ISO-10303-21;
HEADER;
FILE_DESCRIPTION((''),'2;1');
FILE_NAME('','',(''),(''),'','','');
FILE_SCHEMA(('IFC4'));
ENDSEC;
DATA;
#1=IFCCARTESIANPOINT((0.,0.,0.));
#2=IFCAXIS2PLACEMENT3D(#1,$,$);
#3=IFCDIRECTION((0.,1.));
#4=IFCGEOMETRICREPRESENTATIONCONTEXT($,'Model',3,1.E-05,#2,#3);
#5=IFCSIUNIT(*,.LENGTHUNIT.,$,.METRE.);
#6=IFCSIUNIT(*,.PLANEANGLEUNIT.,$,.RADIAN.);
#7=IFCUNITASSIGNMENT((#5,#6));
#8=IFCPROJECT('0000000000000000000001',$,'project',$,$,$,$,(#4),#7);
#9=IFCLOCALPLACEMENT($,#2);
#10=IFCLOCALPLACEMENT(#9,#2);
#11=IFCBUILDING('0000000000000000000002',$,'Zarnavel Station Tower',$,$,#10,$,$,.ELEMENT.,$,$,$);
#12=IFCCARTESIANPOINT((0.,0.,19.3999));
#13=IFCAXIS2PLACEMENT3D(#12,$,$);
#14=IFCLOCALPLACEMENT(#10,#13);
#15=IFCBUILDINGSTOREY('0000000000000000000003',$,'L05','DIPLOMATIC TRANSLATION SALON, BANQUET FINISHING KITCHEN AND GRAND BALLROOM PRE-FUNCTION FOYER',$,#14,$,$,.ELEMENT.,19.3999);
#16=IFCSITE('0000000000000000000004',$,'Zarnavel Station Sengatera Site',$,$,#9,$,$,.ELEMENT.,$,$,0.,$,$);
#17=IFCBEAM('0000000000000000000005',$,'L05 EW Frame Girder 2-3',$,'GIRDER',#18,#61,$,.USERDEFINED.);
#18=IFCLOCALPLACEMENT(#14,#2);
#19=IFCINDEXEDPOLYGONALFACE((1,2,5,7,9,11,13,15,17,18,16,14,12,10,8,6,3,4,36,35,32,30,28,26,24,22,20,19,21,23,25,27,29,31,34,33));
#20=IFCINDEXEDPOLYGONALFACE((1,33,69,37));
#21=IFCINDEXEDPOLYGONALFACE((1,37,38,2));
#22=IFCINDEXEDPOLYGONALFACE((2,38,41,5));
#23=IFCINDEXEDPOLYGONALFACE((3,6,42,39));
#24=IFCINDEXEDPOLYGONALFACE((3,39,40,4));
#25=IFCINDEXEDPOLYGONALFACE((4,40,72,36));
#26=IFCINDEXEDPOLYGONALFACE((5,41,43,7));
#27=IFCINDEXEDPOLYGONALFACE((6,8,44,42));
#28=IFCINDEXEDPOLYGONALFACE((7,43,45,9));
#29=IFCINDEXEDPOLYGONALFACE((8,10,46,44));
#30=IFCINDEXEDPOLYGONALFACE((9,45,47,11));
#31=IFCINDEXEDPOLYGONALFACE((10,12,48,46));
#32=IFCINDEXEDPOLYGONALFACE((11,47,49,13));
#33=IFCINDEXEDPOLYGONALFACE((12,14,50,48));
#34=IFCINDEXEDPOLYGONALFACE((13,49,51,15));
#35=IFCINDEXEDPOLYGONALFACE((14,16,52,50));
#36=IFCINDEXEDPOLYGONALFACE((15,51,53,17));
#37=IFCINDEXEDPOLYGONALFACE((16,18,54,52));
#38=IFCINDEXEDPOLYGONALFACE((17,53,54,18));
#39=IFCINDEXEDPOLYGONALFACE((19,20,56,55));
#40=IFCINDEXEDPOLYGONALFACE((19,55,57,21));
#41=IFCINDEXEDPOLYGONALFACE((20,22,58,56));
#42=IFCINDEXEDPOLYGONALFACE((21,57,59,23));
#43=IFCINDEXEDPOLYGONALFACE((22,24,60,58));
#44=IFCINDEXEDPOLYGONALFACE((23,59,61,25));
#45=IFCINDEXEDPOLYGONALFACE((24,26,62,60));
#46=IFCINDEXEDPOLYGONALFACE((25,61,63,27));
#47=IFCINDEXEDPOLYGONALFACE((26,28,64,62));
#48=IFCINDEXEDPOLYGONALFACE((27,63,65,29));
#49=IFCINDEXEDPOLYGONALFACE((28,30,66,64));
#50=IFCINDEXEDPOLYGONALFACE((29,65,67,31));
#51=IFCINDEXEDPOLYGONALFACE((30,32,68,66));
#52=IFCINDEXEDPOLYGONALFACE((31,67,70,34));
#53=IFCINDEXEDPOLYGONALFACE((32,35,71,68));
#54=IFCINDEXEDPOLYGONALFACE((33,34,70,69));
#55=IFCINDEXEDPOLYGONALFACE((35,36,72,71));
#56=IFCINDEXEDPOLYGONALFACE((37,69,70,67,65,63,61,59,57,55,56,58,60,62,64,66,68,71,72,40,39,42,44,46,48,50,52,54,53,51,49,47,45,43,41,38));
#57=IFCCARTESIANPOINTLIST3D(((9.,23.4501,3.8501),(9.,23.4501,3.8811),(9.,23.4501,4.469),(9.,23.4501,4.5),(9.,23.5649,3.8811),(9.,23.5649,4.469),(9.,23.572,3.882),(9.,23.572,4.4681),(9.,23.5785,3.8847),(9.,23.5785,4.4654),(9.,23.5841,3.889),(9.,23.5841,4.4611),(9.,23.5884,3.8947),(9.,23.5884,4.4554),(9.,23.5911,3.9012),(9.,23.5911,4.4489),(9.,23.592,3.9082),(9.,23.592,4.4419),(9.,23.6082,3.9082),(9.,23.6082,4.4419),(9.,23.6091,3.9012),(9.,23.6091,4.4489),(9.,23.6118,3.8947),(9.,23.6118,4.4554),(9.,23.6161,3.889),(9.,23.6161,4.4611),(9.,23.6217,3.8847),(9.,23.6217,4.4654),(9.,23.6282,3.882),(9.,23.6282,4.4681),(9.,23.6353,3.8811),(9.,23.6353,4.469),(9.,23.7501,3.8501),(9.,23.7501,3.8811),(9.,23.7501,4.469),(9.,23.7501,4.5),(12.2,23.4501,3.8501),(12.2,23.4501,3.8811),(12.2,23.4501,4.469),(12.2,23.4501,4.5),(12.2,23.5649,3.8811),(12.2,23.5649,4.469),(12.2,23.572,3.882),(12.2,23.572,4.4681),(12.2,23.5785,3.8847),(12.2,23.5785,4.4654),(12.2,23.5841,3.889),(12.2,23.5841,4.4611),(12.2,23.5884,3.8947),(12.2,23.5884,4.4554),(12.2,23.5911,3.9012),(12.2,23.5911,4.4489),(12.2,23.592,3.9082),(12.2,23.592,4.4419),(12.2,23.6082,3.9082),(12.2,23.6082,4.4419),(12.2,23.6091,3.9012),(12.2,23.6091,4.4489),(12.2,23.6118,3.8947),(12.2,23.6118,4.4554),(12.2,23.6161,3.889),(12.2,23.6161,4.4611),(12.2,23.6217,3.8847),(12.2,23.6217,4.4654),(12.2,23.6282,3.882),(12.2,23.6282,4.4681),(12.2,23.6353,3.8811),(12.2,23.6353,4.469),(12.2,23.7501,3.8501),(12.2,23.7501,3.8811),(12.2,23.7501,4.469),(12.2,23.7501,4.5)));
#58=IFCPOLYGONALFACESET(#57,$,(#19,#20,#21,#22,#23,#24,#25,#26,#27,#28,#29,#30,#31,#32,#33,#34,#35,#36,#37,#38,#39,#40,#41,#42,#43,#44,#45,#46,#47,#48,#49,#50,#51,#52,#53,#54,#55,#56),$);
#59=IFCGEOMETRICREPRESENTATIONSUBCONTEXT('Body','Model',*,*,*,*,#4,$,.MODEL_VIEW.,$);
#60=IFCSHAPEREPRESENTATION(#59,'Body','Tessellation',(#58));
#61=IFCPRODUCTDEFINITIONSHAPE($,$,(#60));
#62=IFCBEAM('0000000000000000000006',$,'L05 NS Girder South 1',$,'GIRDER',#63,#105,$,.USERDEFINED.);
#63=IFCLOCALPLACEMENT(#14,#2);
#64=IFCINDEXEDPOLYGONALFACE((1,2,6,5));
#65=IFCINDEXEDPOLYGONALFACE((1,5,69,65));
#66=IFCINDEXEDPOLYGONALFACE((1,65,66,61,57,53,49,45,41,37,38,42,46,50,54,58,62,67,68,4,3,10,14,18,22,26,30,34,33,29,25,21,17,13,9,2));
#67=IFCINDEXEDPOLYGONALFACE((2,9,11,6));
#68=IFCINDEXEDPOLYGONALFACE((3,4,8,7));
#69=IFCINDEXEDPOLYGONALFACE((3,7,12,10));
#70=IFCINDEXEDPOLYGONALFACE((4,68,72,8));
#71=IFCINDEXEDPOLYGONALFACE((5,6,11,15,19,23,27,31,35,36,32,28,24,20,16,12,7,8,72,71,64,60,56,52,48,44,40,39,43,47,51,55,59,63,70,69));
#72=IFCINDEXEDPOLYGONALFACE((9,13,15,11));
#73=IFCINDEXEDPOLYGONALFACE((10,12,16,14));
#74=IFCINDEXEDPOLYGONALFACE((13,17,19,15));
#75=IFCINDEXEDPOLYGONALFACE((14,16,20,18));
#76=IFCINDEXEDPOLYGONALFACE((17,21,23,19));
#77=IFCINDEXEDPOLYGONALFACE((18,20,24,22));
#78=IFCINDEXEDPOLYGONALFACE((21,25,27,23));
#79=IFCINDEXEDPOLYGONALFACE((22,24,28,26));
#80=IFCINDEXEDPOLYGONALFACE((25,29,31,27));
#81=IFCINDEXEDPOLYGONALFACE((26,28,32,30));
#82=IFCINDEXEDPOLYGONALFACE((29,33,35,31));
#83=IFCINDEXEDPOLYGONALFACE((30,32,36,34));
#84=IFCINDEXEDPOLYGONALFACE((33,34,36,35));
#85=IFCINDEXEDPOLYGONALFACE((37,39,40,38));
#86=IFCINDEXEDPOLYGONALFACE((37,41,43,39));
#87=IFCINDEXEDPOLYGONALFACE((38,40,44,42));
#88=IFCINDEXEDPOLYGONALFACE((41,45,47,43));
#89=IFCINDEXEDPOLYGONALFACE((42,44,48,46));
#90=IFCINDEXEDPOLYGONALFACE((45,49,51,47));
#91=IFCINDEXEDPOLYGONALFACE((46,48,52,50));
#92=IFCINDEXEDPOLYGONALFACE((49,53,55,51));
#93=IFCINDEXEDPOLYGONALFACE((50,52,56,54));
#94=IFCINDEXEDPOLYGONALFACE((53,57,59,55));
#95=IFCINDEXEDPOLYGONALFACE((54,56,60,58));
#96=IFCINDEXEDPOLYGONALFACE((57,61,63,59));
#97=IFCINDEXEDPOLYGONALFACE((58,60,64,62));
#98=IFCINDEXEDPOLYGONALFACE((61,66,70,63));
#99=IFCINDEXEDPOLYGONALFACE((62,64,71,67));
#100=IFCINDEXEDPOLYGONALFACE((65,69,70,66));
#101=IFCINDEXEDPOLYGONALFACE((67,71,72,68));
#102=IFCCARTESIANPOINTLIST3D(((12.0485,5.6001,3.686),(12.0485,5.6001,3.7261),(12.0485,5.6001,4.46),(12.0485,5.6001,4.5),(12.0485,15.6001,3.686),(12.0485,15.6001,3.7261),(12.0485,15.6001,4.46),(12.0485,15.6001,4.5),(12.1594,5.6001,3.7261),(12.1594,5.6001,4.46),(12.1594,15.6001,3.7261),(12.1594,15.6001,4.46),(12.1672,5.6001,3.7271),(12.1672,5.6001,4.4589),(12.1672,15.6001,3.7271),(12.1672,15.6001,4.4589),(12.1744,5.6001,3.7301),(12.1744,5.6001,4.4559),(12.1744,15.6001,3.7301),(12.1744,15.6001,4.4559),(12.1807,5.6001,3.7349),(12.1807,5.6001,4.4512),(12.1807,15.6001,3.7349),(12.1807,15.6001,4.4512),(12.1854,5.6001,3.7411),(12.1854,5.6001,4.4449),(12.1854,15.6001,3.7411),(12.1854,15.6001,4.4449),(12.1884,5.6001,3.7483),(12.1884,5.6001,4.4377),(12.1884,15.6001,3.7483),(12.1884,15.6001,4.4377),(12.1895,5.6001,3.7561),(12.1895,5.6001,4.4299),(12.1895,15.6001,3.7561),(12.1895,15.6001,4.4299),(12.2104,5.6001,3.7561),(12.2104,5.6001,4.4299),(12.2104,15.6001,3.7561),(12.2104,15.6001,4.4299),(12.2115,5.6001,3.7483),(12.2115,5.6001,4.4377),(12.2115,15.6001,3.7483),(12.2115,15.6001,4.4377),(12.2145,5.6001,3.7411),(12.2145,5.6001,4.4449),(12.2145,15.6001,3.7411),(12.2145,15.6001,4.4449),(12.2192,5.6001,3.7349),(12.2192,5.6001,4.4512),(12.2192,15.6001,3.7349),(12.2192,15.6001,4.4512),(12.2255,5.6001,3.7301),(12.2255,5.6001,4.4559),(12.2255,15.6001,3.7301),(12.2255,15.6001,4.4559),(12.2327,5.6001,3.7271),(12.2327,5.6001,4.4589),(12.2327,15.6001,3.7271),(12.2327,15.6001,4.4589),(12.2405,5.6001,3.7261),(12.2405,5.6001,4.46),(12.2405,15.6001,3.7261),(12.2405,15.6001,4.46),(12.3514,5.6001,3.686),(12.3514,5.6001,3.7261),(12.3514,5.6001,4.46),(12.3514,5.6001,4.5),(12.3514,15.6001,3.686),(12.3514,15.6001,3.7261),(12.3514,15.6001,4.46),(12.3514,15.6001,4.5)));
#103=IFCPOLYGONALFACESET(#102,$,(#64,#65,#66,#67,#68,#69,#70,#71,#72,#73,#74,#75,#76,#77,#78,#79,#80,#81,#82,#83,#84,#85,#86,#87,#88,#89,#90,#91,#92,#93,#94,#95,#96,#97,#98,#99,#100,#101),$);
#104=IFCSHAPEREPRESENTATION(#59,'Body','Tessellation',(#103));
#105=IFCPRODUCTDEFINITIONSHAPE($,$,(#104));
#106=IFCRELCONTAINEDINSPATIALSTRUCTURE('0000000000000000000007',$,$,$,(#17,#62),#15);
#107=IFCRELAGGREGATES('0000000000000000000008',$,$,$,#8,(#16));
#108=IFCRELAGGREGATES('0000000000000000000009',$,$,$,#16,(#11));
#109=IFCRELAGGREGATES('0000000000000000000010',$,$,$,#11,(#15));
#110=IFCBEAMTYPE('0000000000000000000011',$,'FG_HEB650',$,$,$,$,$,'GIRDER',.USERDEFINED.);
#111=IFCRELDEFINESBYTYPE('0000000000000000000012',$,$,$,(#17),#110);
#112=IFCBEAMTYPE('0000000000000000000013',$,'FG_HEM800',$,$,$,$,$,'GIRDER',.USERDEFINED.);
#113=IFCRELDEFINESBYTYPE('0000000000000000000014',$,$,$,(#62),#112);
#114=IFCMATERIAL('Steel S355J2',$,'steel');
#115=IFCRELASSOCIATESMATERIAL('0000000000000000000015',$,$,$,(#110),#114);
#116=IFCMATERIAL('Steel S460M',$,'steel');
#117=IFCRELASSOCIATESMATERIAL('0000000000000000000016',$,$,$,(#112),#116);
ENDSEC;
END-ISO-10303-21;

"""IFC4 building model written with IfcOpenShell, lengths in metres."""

from ifc_helpers import new_model, si_unit, direction, frame, origin, origin_2d, place, context, subcontext, project, spatial, i_section, extrude, material, material_profile, profile_set, type_object, element, save


model = new_model("IFC4")

# Units and contexts
model_context = context("Model", 3, precision=1e-05, world=origin(), true_north=direction((0.0, 1.0)))
body_context = subcontext(model_context, "Body", "Model", "MODEL_VIEW")
ifc_project = project(units=[si_unit("LENGTHUNIT", "METRE"), si_unit("PLANEANGLEUNIT", "RADIAN")], contexts=[model_context])

# Site, building, storey
site_placement = place(None, origin())
site = spatial("IfcSite", under=ifc_project, at=site_placement, Name="Zarnavel Station Sengatera Site", CompositionType="ELEMENT", RefElevation=0.0)
building_placement = place(site_placement, origin())
building = spatial("IfcBuilding", under=site, at=building_placement, Name="Zarnavel Station Tower", CompositionType="ELEMENT")
storey_placement = place(building_placement, frame((0.0, 0.0, 19.3999)))
storey = spatial("IfcBuildingStorey", under=building, at=storey_placement, Name="L05", Description="DIPLOMATIC TRANSLATION SALON, BANQUET FINISHING KITCHEN AND GRAND BALLROOM PRE-FUNCTION FOYER", CompositionType="ELEMENT", Elevation=19.3999)

# Beams
ifc_material_1 = material(Name="Steel S355J2", Category="steel")
ifc_material_profile_1 = material_profile(ifc_material_1, i_section(OverallWidth=0.3, OverallDepth=0.6499, WebThickness=0.0161, FlangeThickness=0.031, FilletRadius=0.0271, at=origin_2d()), Name="HEB650")
ifc_profile_set_1 = profile_set([ifc_material_profile_1], Name="Steel S355J2")
beam_type_1 = type_object("IfcBeamType", Name="FG_HEB650", ElementType="GIRDER", PredefinedType="USERDEFINED", material=ifc_profile_set_1)
beam_1_placement = place(storey_placement, frame((9.0, 23.6001, 4.175), z_axis=(1.0, 0.0, 0.0), x_axis=(0.0, 1.0, 0.0)))
element("IfcBeam", 1, at=beam_1_placement, inside=storey, type_object=beam_type_1, Name="L05 EW Frame Girder 2-3", ObjectType="GIRDER", PredefinedType="USERDEFINED", context=body_context, shape_type="SweptSolid", body=[
    extrude(i_section(OverallWidth=0.3, OverallDepth=0.6499, WebThickness=0.0161, FlangeThickness=0.031, FilletRadius=0.0271, at=origin_2d()), origin(), (0.0, 0.0, 1.0), 3.2),
])
ifc_material_2 = material(Name="Steel S460M", Category="steel")
ifc_material_profile_2 = material_profile(ifc_material_2, i_section(OverallWidth=0.303, OverallDepth=0.814, WebThickness=0.021, FlangeThickness=0.04, FilletRadius=0.03, at=origin_2d()), Name="HEM800")
ifc_profile_set_2 = profile_set([ifc_material_profile_2], Name="Steel S460M")
beam_type_2 = type_object("IfcBeamType", Name="FG_HEM800", ElementType="GIRDER", PredefinedType="USERDEFINED", material=ifc_profile_set_2)
beam_2_placement = place(storey_placement, frame((12.2, 5.6001, 4.093), z_axis=(0.0, 1.0, 0.0), x_axis=(-1.0, 0.0, 0.0)))
element("IfcBeam", 2, at=beam_2_placement, inside=storey, type_object=beam_type_2, Name="L05 NS Girder South 1", ObjectType="GIRDER", PredefinedType="USERDEFINED", context=body_context, shape_type="SweptSolid", body=[
    extrude(i_section(OverallWidth=0.303, OverallDepth=0.814, WebThickness=0.021, FlangeThickness=0.04, FilletRadius=0.03, at=origin_2d()), origin(), (0.0, 0.0, 1.0), 10.0),
])

save(model, "model.ifc")
